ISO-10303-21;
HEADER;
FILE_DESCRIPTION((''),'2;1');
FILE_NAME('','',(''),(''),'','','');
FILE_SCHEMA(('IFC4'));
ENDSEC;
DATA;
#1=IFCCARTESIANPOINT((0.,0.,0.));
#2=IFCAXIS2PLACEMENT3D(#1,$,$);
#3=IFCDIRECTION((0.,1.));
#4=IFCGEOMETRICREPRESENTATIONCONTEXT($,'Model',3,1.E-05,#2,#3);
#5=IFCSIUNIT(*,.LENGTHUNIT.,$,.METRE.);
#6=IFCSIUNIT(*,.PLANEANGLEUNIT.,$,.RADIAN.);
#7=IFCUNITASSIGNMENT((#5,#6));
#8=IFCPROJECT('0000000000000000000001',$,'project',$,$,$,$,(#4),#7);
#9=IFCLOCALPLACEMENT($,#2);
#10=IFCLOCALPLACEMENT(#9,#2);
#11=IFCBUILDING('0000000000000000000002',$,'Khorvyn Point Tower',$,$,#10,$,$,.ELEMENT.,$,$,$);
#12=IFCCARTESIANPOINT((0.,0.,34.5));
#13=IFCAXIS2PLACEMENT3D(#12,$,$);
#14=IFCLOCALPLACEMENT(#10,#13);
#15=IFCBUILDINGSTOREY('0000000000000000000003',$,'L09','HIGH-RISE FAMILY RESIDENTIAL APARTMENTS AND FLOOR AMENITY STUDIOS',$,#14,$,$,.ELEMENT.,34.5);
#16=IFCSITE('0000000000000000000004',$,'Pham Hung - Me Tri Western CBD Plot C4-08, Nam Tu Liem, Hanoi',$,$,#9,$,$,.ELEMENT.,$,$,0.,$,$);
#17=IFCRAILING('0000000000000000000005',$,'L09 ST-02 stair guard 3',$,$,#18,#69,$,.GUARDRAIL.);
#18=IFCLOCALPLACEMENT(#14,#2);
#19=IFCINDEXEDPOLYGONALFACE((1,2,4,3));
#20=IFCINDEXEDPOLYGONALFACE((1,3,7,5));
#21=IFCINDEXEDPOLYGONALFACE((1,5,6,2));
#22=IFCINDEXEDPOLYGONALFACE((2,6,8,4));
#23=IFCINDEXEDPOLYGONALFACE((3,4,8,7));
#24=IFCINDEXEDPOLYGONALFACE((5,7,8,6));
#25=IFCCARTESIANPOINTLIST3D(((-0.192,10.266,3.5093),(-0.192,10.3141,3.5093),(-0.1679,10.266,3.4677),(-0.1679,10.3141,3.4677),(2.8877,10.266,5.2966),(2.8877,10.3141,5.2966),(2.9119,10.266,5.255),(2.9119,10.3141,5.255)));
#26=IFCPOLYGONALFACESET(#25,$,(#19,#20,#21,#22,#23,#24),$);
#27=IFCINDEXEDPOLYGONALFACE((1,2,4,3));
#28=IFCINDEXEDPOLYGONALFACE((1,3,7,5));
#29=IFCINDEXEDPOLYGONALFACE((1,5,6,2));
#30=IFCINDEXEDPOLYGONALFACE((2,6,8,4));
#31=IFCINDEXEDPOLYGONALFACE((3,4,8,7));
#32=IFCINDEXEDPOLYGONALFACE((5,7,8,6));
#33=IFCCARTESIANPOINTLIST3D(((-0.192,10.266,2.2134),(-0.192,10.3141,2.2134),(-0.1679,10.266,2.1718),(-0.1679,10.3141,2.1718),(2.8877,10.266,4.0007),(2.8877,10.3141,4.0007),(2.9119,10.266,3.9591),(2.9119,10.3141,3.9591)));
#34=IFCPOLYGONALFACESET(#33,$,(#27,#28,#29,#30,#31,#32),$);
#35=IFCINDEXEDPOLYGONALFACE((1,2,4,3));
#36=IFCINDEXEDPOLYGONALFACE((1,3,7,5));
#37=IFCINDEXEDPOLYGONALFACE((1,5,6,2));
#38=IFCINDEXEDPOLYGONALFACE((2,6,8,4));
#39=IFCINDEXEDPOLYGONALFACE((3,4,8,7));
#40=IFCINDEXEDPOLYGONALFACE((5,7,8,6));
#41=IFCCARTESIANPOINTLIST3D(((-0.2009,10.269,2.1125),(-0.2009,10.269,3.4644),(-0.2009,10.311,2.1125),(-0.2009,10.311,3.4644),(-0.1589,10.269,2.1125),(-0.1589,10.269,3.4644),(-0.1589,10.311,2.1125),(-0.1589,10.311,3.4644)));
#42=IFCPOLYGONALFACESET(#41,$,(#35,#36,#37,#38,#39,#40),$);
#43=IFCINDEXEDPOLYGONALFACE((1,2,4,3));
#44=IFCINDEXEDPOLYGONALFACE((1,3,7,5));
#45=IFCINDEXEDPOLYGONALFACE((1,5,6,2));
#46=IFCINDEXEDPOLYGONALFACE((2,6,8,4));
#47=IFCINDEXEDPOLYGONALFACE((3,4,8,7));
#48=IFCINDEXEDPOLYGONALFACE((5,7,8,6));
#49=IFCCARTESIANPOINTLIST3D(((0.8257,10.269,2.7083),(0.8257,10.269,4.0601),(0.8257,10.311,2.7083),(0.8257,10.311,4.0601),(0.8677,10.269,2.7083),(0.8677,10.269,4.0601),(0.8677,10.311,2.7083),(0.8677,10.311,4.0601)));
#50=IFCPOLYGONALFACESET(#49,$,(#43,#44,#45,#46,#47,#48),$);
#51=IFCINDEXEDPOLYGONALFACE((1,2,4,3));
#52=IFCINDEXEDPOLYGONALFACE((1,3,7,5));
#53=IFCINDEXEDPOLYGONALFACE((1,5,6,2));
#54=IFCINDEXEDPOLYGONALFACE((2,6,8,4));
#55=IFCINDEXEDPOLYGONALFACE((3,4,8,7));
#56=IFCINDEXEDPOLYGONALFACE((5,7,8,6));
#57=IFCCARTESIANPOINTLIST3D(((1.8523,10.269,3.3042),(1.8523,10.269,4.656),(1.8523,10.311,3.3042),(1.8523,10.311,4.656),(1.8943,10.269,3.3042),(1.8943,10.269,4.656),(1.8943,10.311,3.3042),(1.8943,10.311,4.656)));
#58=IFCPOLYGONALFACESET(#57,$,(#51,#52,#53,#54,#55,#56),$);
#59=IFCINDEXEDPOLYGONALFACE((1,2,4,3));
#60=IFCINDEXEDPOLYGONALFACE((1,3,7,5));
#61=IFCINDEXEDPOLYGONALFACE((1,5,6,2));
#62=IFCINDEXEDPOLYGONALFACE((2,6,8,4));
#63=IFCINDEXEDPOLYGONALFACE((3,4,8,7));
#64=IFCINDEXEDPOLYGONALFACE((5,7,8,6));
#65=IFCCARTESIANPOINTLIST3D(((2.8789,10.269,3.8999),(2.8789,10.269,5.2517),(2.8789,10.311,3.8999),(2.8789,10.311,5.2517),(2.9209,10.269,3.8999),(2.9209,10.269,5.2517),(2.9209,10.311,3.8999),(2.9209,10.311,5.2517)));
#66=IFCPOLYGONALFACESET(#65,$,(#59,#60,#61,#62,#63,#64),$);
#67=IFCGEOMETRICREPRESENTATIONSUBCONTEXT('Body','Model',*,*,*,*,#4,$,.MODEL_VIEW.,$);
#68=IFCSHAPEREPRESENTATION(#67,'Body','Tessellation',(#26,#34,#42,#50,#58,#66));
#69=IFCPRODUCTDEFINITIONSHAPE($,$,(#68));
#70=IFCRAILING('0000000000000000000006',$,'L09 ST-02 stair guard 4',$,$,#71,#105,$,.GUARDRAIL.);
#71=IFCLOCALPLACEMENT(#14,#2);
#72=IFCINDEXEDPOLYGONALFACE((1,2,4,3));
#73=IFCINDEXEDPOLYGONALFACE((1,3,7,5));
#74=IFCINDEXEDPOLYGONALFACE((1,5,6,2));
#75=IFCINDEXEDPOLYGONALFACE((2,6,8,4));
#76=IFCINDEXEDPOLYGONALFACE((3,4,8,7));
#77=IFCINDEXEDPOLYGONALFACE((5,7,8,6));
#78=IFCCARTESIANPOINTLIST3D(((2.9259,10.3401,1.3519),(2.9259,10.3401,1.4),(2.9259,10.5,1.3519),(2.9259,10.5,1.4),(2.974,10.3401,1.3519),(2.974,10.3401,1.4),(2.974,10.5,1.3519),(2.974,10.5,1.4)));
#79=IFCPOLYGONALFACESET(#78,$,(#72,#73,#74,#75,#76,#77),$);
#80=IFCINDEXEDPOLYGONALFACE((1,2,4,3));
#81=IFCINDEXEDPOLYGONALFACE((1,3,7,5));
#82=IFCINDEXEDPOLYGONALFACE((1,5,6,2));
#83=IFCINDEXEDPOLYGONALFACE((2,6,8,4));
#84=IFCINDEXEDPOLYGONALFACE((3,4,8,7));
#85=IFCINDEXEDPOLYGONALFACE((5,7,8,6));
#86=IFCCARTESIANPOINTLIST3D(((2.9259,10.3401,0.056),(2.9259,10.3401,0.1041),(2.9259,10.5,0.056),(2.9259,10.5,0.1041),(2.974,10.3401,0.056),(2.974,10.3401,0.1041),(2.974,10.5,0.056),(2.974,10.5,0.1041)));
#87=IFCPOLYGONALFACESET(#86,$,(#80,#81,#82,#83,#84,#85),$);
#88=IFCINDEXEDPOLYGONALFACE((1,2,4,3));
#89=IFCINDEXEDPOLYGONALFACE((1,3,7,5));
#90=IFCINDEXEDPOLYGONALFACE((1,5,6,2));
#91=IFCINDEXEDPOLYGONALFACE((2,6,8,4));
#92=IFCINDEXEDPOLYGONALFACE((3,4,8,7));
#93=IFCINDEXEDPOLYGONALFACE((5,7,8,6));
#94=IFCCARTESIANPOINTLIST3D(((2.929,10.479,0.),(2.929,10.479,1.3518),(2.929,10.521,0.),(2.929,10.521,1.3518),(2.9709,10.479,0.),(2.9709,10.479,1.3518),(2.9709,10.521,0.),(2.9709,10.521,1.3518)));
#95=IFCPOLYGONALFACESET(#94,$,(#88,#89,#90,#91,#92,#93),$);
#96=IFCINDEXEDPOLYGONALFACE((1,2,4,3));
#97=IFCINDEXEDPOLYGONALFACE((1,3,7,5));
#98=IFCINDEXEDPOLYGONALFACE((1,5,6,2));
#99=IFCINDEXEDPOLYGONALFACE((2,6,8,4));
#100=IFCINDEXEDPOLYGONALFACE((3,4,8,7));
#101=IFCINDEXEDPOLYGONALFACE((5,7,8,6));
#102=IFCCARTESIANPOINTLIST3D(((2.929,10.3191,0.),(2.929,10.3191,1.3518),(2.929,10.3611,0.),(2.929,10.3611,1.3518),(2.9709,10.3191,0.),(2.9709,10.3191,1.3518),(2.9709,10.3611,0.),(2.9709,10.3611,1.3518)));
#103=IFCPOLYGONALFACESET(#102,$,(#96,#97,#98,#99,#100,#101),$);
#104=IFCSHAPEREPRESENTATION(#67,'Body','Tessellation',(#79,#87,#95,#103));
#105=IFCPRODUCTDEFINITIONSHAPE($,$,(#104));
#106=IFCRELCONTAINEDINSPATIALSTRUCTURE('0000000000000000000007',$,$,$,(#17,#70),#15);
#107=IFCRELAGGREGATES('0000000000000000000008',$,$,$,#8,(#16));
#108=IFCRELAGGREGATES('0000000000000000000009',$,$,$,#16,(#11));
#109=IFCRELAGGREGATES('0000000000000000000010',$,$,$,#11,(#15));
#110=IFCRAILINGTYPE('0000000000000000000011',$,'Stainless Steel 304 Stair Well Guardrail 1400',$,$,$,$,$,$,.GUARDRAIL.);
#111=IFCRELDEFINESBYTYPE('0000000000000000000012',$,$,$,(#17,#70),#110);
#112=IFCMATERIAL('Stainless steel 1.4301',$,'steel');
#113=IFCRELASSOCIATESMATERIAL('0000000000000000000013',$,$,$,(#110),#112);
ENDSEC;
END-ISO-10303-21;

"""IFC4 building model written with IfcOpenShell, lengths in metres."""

from ifc_helpers import new_model, si_unit, direction, frame, origin, origin_2d, place, context, subcontext, project, spatial, rectangle, extrude, material, type_object, element, save


model = new_model("IFC4")

# Units and contexts
model_context = context("Model", 3, precision=1e-05, world=origin(), true_north=direction((0.0, 1.0)))
body_context = subcontext(model_context, "Body", "Model", "MODEL_VIEW")
ifc_project = project(units=[si_unit("LENGTHUNIT", "METRE"), si_unit("PLANEANGLEUNIT", "RADIAN")], contexts=[model_context])

# Site, building, storey
site_placement = place(None, origin())
site = spatial("IfcSite", under=ifc_project, at=site_placement, Name="Pham Hung - Me Tri Western CBD Plot C4-08, Nam Tu Liem, Hanoi", CompositionType="ELEMENT", RefElevation=0.0)
building_placement = place(site_placement, origin())
building = spatial("IfcBuilding", under=site, at=building_placement, Name="Khorvyn Point Tower", CompositionType="ELEMENT")
storey_placement = place(building_placement, frame((0.0, 0.0, 34.5)))
storey = spatial("IfcBuildingStorey", under=building, at=storey_placement, Name="L09", Description="HIGH-RISE FAMILY RESIDENTIAL APARTMENTS AND FLOOR AMENITY STUDIOS", CompositionType="ELEMENT", Elevation=34.5)

# Railings
ifc_material_1 = material(Name="Stainless steel 1.4301", Category="steel")
railing_type_1 = type_object("IfcRailingType", Name="Stainless Steel 304 Stair Well Guardrail 1400", PredefinedType="GUARDRAIL", material=ifc_material_1)
railing_1_placement = place(storey_placement, frame((-0.1799, 10.29, 2.1125)))
element("IfcRailing", 1, at=railing_1_placement, inside=storey, type_object=railing_type_1, Name="L09 ST-02 stair guard 3", PredefinedType="GUARDRAIL", context=body_context, shape_type="SweptSolid", body=[
    extrude(rectangle(XDim=0.0481, YDim=0.0481, at=origin_2d()), frame((0.0, 0.0, 1.376), z_axis=(0.864903, 0.0, 0.501939), x_axis=(0.0, 1.0, 0.0)), (0.0, 0.0, 1.0), 3.5608),
    extrude(rectangle(XDim=0.0481, YDim=0.0481, at=origin_2d()), frame((0.0, 0.0, 0.0801), z_axis=(0.864903, 0.0, 0.501939), x_axis=(0.0, 1.0, 0.0)), (0.0, 0.0, 1.0), 3.5608),
    extrude(rectangle(XDim=0.042, YDim=0.042, at=origin_2d()), origin(), (0.0, 0.0, 1.0), 1.3518),
    extrude(rectangle(XDim=0.042, YDim=0.042, at=origin_2d()), frame((1.0266, 0.0, 0.5957)), (0.0, 0.0, 1.0), 1.3518),
    extrude(rectangle(XDim=0.042, YDim=0.042, at=origin_2d()), frame((2.0532, 0.0, 1.1917)), (0.0, 0.0, 1.0), 1.3518),
    extrude(rectangle(XDim=0.042, YDim=0.042, at=origin_2d()), frame((3.0798, 0.0, 1.7874)), (0.0, 0.0, 1.0), 1.3518),
])
railing_2_placement = place(storey_placement, frame((2.95, 10.5, 0.0)))
element("IfcRailing", 2, at=railing_2_placement, inside=storey, type_object=railing_type_1, Name="L09 ST-02 stair guard 4", PredefinedType="GUARDRAIL", context=body_context, shape_type="SweptSolid", body=[
    extrude(rectangle(XDim=0.0481, YDim=0.0481, at=origin_2d()), frame((0.0, 0.0, 1.376), z_axis=(0.0, -1.0, 0.0), x_axis=(1.0, 0.0, 0.0)), (0.0, 0.0, 1.0), 0.1599),
    extrude(rectangle(XDim=0.0481, YDim=0.0481, at=origin_2d()), frame((0.0, 0.0, 0.0801), z_axis=(0.0, -1.0, 0.0), x_axis=(1.0, 0.0, 0.0)), (0.0, 0.0, 1.0), 0.1599),
    extrude(rectangle(XDim=0.042, YDim=0.042, at=origin_2d()), origin(), (0.0, 0.0, 1.0), 1.3518),
    extrude(rectangle(XDim=0.042, YDim=0.042, at=origin_2d()), frame((0.0, -0.1599, 0.0)), (0.0, 0.0, 1.0), 1.3518),
])

save(model, "model.ifc")
